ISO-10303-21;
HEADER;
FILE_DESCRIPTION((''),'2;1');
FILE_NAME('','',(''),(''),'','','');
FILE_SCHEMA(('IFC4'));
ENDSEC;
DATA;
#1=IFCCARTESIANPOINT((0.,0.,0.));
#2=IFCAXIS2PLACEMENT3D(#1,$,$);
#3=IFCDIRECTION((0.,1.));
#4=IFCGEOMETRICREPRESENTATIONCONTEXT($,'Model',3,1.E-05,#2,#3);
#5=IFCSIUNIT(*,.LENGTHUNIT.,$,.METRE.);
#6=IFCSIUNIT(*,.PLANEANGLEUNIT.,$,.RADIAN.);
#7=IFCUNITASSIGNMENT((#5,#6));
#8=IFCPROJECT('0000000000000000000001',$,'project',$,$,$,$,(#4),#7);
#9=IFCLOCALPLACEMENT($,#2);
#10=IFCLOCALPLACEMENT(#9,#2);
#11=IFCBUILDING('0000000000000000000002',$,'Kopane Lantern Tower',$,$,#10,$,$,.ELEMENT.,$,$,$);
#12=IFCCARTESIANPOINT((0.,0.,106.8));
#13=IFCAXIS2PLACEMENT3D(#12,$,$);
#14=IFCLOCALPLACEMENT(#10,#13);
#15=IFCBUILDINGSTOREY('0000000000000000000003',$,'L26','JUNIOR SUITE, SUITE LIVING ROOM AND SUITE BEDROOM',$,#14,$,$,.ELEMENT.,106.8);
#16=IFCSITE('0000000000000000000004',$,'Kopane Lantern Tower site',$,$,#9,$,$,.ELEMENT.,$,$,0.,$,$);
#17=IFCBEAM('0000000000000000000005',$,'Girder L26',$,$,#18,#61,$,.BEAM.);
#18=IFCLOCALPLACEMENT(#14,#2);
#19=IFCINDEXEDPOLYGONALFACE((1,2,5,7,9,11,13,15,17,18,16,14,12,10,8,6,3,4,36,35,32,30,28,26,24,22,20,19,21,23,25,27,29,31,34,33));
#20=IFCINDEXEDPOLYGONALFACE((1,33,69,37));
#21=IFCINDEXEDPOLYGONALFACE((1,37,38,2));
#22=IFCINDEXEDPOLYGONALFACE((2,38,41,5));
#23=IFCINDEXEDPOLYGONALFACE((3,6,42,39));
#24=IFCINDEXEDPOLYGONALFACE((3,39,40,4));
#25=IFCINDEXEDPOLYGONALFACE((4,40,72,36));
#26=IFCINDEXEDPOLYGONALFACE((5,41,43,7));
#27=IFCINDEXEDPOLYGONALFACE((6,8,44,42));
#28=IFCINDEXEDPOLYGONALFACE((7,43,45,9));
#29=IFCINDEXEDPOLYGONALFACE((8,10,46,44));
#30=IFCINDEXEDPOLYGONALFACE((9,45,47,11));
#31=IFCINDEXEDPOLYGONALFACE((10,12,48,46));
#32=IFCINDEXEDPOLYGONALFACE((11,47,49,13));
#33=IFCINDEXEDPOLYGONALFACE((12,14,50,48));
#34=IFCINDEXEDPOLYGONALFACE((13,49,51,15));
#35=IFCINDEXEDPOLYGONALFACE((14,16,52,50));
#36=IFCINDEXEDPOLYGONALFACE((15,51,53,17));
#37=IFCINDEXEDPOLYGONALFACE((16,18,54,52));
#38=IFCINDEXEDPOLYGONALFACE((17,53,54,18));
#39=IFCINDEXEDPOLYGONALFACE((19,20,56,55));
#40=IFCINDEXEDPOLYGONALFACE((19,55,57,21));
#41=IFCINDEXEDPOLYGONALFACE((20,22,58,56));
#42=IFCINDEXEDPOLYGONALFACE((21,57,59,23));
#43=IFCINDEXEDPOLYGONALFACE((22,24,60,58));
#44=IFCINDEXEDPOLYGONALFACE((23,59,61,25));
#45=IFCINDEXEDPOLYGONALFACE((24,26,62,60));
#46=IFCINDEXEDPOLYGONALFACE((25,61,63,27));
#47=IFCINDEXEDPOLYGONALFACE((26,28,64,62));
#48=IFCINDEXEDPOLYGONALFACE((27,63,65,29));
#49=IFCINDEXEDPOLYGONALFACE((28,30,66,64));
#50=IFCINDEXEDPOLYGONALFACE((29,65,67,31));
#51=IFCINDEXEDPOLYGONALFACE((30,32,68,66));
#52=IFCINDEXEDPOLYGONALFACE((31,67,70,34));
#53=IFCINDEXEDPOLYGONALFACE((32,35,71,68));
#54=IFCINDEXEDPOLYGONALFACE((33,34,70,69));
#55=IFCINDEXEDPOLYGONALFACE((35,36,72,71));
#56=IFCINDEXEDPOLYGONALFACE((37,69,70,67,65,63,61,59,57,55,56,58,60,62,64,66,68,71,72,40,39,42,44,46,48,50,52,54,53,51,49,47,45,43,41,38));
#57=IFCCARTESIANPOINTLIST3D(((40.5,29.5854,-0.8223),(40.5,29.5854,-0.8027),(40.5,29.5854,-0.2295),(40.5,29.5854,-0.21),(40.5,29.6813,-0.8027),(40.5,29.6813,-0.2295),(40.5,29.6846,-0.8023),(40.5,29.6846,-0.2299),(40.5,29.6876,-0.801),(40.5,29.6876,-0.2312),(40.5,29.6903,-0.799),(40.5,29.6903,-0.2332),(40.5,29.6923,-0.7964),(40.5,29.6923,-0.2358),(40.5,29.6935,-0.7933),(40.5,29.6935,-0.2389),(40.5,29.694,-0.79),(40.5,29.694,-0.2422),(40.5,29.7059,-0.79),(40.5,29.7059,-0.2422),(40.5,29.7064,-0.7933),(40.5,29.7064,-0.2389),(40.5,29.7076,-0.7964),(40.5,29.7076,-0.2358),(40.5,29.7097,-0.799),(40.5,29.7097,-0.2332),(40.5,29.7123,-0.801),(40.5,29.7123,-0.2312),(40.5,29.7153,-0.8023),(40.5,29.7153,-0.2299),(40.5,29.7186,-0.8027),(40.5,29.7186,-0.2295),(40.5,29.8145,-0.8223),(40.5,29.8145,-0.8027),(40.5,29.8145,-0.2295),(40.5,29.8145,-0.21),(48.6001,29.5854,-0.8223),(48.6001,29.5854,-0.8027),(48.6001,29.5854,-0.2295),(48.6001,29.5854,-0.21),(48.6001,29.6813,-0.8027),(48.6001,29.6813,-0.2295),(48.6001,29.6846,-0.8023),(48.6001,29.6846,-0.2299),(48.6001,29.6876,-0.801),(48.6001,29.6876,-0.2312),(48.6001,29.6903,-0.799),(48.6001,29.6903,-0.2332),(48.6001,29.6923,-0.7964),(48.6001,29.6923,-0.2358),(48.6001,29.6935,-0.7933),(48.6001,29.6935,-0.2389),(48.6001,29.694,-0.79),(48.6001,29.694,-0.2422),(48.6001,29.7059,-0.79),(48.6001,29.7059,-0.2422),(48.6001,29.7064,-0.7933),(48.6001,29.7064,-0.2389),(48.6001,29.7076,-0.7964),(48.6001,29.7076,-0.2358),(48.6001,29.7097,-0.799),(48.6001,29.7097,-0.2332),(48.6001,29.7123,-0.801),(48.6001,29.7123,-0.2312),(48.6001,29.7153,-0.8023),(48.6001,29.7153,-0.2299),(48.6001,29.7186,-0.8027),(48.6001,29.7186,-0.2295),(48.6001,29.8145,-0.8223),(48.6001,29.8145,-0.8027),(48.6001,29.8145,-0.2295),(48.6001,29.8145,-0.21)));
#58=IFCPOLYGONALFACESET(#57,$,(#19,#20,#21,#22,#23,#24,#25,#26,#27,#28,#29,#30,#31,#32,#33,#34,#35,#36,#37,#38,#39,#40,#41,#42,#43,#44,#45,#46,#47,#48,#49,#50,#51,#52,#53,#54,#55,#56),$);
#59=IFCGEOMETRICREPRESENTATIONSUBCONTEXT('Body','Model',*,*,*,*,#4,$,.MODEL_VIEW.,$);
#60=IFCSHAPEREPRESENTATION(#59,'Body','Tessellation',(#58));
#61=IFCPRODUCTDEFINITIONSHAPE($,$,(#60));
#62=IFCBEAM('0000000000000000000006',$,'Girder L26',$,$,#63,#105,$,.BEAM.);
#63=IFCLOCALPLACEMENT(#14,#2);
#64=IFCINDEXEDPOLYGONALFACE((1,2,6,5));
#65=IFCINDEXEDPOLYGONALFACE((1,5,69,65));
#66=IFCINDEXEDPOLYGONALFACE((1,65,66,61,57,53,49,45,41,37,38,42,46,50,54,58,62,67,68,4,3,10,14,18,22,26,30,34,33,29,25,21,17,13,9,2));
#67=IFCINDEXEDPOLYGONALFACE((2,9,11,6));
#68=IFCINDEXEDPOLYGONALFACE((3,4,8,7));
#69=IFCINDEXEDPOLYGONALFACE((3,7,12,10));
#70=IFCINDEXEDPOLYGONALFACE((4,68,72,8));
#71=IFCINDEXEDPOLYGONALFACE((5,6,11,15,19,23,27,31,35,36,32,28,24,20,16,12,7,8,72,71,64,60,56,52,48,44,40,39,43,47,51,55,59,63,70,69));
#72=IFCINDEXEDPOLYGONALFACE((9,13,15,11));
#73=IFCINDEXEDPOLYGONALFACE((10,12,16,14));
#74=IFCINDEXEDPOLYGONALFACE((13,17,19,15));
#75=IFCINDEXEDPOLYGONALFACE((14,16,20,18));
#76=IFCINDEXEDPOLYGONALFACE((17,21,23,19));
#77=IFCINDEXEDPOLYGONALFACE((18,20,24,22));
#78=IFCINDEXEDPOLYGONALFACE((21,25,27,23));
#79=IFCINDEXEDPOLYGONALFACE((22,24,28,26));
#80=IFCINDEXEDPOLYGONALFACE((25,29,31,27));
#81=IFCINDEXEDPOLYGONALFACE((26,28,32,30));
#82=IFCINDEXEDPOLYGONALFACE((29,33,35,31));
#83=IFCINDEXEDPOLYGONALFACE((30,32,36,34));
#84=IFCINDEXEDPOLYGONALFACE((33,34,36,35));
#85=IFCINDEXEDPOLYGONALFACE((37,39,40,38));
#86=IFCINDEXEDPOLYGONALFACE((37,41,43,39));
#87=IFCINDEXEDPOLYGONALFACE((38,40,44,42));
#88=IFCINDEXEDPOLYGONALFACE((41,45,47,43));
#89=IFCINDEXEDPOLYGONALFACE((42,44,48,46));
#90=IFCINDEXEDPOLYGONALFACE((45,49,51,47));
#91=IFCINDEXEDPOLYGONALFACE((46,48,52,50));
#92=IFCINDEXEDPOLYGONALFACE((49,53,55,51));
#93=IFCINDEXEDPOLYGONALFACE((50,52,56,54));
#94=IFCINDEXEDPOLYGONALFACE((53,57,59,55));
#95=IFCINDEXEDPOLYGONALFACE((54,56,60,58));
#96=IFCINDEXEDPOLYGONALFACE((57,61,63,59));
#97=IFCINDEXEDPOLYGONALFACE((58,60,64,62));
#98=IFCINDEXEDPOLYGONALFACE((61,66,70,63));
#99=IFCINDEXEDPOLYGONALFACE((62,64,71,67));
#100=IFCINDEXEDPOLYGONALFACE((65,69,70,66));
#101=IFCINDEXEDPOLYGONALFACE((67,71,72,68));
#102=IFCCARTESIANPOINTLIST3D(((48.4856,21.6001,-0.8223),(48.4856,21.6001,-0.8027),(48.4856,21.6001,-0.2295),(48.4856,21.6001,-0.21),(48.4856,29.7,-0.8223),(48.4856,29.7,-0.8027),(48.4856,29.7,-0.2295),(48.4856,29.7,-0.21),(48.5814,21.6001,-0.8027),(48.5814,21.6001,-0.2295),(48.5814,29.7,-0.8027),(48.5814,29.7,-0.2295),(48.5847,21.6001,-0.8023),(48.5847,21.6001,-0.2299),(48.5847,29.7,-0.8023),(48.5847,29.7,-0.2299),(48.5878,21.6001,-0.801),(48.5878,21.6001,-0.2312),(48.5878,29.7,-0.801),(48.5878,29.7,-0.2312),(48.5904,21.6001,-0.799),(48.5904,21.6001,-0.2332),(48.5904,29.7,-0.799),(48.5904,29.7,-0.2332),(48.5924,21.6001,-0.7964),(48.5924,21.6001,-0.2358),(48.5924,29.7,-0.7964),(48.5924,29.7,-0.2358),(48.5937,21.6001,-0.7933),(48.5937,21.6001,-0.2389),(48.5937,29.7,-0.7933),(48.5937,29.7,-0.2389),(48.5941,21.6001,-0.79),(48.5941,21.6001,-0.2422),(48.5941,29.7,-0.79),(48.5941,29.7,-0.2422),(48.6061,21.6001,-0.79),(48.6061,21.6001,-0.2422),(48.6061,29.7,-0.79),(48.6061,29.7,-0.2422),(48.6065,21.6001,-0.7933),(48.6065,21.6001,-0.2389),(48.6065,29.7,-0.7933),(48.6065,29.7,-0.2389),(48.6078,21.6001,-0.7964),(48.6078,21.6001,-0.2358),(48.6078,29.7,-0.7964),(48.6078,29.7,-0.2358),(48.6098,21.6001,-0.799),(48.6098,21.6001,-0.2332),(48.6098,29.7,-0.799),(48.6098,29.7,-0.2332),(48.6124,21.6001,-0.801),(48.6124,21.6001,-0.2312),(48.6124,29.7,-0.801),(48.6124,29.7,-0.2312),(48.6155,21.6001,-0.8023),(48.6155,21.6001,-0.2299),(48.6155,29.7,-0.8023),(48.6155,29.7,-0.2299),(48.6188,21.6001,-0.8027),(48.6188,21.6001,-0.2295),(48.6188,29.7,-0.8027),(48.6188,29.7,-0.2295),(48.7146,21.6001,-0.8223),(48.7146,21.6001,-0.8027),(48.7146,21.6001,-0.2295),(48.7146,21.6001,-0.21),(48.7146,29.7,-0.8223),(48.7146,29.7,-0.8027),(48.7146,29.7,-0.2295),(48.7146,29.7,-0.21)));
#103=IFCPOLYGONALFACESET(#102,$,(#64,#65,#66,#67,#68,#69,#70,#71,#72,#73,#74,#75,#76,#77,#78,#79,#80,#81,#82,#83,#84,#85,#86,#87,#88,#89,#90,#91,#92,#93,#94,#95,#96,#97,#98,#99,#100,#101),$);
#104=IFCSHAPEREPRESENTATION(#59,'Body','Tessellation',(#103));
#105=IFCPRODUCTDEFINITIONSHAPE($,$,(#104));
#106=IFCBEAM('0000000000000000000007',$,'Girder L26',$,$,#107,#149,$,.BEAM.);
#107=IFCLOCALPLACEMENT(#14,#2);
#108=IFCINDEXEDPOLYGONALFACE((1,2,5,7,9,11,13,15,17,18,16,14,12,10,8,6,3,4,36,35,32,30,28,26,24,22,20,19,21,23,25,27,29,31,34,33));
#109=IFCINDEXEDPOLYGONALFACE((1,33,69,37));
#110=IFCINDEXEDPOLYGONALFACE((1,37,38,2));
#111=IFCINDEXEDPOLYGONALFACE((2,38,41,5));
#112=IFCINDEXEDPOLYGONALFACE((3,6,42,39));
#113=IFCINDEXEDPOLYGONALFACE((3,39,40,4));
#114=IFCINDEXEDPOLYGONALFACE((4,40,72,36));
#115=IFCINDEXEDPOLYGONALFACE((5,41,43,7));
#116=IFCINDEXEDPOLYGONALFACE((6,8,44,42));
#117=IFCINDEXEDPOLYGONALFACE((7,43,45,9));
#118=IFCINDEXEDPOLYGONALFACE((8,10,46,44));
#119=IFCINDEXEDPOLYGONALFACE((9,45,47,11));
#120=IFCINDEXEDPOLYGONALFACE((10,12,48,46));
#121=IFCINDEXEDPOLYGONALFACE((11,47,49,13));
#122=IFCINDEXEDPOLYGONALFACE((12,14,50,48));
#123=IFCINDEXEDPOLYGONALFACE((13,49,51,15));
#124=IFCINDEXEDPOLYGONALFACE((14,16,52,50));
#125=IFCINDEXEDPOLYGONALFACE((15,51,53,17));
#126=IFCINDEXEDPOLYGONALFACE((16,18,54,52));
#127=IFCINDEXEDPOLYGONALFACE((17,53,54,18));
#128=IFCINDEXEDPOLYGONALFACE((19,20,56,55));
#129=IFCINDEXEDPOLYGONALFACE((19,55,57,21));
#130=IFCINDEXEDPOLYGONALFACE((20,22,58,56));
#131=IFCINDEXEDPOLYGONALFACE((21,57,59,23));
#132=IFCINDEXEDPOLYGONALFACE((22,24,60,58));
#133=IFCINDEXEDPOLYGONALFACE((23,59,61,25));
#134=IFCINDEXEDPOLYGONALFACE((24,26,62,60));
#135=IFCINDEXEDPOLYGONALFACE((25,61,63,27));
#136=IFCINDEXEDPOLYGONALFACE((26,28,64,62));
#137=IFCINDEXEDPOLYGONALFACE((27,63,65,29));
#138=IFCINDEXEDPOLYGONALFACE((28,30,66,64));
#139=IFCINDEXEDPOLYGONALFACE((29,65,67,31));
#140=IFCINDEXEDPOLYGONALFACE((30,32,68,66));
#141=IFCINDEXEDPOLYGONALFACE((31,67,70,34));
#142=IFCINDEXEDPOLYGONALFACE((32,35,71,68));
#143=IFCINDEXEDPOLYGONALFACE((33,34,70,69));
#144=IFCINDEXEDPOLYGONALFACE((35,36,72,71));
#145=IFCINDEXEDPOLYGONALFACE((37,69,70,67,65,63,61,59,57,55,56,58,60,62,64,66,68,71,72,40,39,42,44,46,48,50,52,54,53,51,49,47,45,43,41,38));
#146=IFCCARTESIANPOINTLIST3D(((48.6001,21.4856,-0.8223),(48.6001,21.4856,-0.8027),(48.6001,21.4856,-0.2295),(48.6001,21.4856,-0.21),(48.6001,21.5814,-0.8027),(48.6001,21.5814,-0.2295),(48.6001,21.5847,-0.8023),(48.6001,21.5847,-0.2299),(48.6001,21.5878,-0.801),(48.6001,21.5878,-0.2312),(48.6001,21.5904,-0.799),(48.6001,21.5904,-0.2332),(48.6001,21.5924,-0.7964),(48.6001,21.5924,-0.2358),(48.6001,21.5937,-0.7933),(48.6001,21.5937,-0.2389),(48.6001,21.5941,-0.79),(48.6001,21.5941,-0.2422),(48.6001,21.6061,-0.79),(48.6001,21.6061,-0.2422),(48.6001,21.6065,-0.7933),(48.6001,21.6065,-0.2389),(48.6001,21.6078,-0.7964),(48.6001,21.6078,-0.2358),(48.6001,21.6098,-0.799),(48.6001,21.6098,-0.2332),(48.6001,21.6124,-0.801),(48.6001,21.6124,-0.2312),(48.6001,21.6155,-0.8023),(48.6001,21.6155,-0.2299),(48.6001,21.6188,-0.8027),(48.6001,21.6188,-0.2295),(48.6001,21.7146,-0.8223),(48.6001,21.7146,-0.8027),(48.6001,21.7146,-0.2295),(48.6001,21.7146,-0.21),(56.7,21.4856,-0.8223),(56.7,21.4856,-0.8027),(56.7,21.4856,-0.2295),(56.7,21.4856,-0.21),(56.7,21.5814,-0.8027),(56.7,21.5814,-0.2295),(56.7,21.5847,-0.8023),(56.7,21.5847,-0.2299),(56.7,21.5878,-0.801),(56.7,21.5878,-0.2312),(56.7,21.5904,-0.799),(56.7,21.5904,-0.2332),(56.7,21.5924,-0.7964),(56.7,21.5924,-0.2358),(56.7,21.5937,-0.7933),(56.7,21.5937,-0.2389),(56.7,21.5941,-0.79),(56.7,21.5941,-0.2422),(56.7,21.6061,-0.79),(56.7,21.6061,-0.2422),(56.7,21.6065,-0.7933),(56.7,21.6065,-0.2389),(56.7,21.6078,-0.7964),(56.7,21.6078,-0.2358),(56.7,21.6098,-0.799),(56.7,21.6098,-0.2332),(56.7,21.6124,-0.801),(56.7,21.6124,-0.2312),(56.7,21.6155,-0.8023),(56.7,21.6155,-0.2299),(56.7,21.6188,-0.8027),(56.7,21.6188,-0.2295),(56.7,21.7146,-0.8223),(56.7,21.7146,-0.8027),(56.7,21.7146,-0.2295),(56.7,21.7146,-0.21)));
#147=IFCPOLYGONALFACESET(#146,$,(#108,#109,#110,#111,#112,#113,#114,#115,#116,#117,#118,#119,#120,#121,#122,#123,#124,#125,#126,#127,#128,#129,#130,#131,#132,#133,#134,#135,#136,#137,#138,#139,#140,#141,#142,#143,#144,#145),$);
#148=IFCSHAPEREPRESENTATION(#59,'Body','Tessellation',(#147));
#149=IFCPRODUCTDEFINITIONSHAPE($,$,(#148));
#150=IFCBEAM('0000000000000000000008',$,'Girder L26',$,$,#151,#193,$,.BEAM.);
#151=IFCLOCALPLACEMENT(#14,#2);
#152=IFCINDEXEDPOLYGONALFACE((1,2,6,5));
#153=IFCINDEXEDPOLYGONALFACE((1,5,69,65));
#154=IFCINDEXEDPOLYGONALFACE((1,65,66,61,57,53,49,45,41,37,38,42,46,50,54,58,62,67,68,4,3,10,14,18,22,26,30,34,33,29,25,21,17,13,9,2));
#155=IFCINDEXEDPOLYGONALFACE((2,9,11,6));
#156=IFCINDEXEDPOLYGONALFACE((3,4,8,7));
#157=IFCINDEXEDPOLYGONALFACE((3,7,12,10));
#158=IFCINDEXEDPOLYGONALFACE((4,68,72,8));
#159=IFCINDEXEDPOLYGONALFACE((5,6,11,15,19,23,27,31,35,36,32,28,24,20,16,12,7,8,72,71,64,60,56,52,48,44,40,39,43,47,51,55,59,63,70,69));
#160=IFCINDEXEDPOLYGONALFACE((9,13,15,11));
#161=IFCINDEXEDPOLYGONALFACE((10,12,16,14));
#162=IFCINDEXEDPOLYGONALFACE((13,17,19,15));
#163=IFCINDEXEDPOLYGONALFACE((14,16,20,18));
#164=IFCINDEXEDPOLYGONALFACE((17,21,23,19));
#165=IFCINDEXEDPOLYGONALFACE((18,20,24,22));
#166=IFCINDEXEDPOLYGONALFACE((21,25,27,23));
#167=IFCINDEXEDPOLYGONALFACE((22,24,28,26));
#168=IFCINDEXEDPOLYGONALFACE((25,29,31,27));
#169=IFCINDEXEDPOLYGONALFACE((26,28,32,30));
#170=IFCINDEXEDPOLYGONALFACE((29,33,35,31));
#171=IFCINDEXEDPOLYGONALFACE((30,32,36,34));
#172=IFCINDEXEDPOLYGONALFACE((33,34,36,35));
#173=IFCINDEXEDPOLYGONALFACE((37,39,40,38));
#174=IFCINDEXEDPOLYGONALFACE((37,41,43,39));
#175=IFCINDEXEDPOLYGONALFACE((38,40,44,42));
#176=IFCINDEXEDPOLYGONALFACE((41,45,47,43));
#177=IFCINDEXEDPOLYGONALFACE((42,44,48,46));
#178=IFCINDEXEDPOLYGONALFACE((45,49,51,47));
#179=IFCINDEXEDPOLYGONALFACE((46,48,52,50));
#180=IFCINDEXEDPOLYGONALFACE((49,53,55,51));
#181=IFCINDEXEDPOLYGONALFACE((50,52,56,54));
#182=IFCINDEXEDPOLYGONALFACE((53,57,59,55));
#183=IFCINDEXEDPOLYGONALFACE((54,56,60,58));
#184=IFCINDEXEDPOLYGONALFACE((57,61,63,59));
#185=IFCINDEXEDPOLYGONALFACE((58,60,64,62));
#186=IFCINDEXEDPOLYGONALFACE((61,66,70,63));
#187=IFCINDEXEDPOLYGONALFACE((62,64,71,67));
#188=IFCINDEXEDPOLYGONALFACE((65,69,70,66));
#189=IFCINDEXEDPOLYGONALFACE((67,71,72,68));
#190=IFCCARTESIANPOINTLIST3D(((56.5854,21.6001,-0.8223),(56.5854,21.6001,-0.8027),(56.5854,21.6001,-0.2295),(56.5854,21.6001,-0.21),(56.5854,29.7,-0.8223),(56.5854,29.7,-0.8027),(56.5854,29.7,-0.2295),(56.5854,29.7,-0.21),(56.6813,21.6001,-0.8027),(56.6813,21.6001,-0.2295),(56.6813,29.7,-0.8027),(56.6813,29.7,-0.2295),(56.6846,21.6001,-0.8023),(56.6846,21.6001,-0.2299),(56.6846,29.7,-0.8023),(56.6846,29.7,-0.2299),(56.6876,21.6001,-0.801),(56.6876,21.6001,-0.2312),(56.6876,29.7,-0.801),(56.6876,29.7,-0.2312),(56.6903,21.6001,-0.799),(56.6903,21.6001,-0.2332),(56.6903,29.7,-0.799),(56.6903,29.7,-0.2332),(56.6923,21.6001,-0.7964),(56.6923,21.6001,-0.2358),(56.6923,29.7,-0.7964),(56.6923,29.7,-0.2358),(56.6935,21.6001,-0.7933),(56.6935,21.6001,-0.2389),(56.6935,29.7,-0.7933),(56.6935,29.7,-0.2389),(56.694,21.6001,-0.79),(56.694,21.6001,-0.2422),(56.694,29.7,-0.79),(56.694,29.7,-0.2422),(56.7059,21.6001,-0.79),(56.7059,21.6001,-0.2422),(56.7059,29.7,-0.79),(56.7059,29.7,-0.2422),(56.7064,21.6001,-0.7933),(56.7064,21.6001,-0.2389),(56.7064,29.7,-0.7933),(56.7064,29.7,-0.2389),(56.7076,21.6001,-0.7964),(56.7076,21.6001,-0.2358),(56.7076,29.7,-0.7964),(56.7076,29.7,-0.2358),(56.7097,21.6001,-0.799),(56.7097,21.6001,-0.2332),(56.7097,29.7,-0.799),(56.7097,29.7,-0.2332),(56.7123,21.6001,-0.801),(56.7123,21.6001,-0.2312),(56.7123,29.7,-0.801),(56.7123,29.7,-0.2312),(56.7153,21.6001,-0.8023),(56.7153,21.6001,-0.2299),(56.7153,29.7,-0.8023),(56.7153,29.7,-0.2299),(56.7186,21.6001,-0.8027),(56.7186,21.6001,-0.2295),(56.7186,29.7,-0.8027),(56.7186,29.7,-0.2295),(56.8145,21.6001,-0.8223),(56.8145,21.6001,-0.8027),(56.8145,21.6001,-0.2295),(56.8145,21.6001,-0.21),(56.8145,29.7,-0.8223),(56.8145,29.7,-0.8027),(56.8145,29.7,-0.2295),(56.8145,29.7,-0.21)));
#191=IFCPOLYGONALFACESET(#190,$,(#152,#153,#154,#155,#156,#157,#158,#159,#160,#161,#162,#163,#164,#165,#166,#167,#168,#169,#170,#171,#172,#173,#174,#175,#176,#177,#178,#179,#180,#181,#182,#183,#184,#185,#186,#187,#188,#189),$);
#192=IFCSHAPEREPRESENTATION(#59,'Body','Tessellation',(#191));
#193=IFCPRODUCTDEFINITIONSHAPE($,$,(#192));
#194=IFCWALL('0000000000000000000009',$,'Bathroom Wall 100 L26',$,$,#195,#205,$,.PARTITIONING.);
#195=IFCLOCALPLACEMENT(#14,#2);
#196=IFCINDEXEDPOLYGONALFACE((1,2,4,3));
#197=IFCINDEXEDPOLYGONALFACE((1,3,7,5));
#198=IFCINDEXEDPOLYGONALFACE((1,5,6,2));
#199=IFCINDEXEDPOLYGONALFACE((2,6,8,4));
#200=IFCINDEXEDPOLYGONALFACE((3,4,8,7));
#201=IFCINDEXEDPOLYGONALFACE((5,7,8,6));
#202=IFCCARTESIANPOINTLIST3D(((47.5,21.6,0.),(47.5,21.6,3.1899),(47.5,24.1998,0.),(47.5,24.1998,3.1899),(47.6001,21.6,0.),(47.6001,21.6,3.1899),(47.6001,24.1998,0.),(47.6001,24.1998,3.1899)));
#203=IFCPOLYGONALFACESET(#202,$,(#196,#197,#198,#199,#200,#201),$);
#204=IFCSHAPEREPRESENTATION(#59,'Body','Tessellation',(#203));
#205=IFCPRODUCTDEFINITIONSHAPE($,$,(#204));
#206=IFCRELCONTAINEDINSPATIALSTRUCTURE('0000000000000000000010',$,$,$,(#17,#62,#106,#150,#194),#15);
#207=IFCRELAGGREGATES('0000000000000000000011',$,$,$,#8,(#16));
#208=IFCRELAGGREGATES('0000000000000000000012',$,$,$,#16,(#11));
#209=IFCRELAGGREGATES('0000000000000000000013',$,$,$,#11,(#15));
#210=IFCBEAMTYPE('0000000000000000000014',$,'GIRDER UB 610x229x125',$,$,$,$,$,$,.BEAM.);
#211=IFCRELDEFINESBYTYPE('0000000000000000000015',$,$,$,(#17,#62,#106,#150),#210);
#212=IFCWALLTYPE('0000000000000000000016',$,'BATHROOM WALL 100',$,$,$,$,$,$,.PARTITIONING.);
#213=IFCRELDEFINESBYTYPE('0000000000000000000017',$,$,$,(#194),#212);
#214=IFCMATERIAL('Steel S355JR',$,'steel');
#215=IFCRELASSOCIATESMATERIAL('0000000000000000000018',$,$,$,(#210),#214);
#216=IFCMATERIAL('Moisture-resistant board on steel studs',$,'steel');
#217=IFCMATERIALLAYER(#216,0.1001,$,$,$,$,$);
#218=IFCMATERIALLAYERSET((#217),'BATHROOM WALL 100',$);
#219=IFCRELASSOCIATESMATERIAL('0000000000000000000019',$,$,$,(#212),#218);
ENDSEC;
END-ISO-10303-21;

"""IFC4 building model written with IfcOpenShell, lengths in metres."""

from ifc_helpers import new_model, si_unit, direction, frame, frame_2d, origin, origin_2d, place, context, subcontext, project, spatial, rectangle, i_section, extrude, material, layer, layer_set, material_profile, profile_set, type_object, element, save


model = new_model("IFC4")

# Units and contexts
model_context = context("Model", 3, precision=1e-05, world=origin(), true_north=direction((0.0, 1.0)))
body_context = subcontext(model_context, "Body", "Model", "MODEL_VIEW")
ifc_project = project(units=[si_unit("LENGTHUNIT", "METRE"), si_unit("PLANEANGLEUNIT", "RADIAN")], contexts=[model_context])

# Site, building, storey
site_placement = place(None, origin())
site = spatial("IfcSite", under=ifc_project, at=site_placement, Name="Kopane Lantern Tower site", CompositionType="ELEMENT", RefElevation=0.0)
building_placement = place(site_placement, origin())
building = spatial("IfcBuilding", under=site, at=building_placement, Name="Kopane Lantern Tower", CompositionType="ELEMENT")
storey_placement = place(building_placement, frame((0.0, 0.0, 106.8)))
storey = spatial("IfcBuildingStorey", under=building, at=storey_placement, Name="L26", Description="JUNIOR SUITE, SUITE LIVING ROOM AND SUITE BEDROOM", CompositionType="ELEMENT", Elevation=106.8)

# Beams
ifc_material_1 = material(Name="Steel S355JR", Category="steel")
ifc_material_profile_1 = material_profile(ifc_material_1, i_section(OverallWidth=0.229, OverallDepth=0.6123, WebThickness=0.012, FlangeThickness=0.0195, FilletRadius=0.0127, at=origin_2d()), Name="UB 610x229x125")
ifc_profile_set_1 = profile_set([ifc_material_profile_1], Name="Steel S355JR")
beam_type = type_object("IfcBeamType", Name="GIRDER UB 610x229x125", PredefinedType="BEAM", material=ifc_profile_set_1)
beam_1_placement = place(storey_placement, frame((40.5, 29.7, -0.5161), z_axis=(1.0, 0.0, 0.0), x_axis=(0.0, 1.0, 0.0)))
element("IfcBeam", 1, at=beam_1_placement, inside=storey, type_object=beam_type, Name="Girder L26", PredefinedType="BEAM", context=body_context, shape_type="SweptSolid", body=[
    extrude(i_section(OverallWidth=0.229, OverallDepth=0.6123, WebThickness=0.012, FlangeThickness=0.0195, FilletRadius=0.0127, at=origin_2d()), origin(), (0.0, 0.0, 1.0), 8.1001),
])
for number, where, z_axis, x_axis, name in (
    (2, (48.6001, 21.6001, -0.5161), (0.0, 1.0, 0.0), (-1.0, 0.0, 0.0), "Girder L26"),
    (3, (48.6001, 21.6001, -0.5161), (1.0, 0.0, 0.0), (0.0, 1.0, 0.0), "Girder L26"),
    (4, (56.7, 21.6001, -0.5161), (0.0, 1.0, 0.0), (-1.0, 0.0, 0.0), "Girder L26"),
):
    element("IfcBeam", number, at=place(storey_placement, frame(where, z_axis=z_axis, x_axis=x_axis)), inside=storey, type_object=beam_type, Name=name, PredefinedType="BEAM", context=body_context, shape_type="SweptSolid", body=[
        extrude(i_section(OverallWidth=0.229, OverallDepth=0.6123, WebThickness=0.012, FlangeThickness=0.0195, FilletRadius=0.0127, at=origin_2d()), origin(), (0.0, 0.0, 1.0), 8.0999),
    ])

# Wall
ifc_material_2 = material(Name="Moisture-resistant board on steel studs", Category="steel")
ifc_layer_1 = layer(ifc_material_2, 0.1001)
ifc_layer_set_1 = layer_set([ifc_layer_1], Name="BATHROOM WALL 100")
wall_type_1 = type_object("IfcWallType", Name="BATHROOM WALL 100", PredefinedType="PARTITIONING", material=ifc_layer_set_1)
wall_1_placement = place(storey_placement, frame((47.55, 21.6001, 0.0), z_axis=(0.0, 0.0, 1.0), x_axis=(0.0, 1.0, 0.0)))
element("IfcWall", 5, at=wall_1_placement, inside=storey, type_object=wall_type_1, Name="Bathroom Wall 100 L26", PredefinedType="PARTITIONING", context=body_context, shape_type="SweptSolid", body=[
    extrude(rectangle(XDim=2.5999, YDim=0.1001, at=frame_2d((1.2998, 0.0))), origin(), (0.0, 0.0, 1.0), 3.1899),
])

save(model, "model.ifc")
